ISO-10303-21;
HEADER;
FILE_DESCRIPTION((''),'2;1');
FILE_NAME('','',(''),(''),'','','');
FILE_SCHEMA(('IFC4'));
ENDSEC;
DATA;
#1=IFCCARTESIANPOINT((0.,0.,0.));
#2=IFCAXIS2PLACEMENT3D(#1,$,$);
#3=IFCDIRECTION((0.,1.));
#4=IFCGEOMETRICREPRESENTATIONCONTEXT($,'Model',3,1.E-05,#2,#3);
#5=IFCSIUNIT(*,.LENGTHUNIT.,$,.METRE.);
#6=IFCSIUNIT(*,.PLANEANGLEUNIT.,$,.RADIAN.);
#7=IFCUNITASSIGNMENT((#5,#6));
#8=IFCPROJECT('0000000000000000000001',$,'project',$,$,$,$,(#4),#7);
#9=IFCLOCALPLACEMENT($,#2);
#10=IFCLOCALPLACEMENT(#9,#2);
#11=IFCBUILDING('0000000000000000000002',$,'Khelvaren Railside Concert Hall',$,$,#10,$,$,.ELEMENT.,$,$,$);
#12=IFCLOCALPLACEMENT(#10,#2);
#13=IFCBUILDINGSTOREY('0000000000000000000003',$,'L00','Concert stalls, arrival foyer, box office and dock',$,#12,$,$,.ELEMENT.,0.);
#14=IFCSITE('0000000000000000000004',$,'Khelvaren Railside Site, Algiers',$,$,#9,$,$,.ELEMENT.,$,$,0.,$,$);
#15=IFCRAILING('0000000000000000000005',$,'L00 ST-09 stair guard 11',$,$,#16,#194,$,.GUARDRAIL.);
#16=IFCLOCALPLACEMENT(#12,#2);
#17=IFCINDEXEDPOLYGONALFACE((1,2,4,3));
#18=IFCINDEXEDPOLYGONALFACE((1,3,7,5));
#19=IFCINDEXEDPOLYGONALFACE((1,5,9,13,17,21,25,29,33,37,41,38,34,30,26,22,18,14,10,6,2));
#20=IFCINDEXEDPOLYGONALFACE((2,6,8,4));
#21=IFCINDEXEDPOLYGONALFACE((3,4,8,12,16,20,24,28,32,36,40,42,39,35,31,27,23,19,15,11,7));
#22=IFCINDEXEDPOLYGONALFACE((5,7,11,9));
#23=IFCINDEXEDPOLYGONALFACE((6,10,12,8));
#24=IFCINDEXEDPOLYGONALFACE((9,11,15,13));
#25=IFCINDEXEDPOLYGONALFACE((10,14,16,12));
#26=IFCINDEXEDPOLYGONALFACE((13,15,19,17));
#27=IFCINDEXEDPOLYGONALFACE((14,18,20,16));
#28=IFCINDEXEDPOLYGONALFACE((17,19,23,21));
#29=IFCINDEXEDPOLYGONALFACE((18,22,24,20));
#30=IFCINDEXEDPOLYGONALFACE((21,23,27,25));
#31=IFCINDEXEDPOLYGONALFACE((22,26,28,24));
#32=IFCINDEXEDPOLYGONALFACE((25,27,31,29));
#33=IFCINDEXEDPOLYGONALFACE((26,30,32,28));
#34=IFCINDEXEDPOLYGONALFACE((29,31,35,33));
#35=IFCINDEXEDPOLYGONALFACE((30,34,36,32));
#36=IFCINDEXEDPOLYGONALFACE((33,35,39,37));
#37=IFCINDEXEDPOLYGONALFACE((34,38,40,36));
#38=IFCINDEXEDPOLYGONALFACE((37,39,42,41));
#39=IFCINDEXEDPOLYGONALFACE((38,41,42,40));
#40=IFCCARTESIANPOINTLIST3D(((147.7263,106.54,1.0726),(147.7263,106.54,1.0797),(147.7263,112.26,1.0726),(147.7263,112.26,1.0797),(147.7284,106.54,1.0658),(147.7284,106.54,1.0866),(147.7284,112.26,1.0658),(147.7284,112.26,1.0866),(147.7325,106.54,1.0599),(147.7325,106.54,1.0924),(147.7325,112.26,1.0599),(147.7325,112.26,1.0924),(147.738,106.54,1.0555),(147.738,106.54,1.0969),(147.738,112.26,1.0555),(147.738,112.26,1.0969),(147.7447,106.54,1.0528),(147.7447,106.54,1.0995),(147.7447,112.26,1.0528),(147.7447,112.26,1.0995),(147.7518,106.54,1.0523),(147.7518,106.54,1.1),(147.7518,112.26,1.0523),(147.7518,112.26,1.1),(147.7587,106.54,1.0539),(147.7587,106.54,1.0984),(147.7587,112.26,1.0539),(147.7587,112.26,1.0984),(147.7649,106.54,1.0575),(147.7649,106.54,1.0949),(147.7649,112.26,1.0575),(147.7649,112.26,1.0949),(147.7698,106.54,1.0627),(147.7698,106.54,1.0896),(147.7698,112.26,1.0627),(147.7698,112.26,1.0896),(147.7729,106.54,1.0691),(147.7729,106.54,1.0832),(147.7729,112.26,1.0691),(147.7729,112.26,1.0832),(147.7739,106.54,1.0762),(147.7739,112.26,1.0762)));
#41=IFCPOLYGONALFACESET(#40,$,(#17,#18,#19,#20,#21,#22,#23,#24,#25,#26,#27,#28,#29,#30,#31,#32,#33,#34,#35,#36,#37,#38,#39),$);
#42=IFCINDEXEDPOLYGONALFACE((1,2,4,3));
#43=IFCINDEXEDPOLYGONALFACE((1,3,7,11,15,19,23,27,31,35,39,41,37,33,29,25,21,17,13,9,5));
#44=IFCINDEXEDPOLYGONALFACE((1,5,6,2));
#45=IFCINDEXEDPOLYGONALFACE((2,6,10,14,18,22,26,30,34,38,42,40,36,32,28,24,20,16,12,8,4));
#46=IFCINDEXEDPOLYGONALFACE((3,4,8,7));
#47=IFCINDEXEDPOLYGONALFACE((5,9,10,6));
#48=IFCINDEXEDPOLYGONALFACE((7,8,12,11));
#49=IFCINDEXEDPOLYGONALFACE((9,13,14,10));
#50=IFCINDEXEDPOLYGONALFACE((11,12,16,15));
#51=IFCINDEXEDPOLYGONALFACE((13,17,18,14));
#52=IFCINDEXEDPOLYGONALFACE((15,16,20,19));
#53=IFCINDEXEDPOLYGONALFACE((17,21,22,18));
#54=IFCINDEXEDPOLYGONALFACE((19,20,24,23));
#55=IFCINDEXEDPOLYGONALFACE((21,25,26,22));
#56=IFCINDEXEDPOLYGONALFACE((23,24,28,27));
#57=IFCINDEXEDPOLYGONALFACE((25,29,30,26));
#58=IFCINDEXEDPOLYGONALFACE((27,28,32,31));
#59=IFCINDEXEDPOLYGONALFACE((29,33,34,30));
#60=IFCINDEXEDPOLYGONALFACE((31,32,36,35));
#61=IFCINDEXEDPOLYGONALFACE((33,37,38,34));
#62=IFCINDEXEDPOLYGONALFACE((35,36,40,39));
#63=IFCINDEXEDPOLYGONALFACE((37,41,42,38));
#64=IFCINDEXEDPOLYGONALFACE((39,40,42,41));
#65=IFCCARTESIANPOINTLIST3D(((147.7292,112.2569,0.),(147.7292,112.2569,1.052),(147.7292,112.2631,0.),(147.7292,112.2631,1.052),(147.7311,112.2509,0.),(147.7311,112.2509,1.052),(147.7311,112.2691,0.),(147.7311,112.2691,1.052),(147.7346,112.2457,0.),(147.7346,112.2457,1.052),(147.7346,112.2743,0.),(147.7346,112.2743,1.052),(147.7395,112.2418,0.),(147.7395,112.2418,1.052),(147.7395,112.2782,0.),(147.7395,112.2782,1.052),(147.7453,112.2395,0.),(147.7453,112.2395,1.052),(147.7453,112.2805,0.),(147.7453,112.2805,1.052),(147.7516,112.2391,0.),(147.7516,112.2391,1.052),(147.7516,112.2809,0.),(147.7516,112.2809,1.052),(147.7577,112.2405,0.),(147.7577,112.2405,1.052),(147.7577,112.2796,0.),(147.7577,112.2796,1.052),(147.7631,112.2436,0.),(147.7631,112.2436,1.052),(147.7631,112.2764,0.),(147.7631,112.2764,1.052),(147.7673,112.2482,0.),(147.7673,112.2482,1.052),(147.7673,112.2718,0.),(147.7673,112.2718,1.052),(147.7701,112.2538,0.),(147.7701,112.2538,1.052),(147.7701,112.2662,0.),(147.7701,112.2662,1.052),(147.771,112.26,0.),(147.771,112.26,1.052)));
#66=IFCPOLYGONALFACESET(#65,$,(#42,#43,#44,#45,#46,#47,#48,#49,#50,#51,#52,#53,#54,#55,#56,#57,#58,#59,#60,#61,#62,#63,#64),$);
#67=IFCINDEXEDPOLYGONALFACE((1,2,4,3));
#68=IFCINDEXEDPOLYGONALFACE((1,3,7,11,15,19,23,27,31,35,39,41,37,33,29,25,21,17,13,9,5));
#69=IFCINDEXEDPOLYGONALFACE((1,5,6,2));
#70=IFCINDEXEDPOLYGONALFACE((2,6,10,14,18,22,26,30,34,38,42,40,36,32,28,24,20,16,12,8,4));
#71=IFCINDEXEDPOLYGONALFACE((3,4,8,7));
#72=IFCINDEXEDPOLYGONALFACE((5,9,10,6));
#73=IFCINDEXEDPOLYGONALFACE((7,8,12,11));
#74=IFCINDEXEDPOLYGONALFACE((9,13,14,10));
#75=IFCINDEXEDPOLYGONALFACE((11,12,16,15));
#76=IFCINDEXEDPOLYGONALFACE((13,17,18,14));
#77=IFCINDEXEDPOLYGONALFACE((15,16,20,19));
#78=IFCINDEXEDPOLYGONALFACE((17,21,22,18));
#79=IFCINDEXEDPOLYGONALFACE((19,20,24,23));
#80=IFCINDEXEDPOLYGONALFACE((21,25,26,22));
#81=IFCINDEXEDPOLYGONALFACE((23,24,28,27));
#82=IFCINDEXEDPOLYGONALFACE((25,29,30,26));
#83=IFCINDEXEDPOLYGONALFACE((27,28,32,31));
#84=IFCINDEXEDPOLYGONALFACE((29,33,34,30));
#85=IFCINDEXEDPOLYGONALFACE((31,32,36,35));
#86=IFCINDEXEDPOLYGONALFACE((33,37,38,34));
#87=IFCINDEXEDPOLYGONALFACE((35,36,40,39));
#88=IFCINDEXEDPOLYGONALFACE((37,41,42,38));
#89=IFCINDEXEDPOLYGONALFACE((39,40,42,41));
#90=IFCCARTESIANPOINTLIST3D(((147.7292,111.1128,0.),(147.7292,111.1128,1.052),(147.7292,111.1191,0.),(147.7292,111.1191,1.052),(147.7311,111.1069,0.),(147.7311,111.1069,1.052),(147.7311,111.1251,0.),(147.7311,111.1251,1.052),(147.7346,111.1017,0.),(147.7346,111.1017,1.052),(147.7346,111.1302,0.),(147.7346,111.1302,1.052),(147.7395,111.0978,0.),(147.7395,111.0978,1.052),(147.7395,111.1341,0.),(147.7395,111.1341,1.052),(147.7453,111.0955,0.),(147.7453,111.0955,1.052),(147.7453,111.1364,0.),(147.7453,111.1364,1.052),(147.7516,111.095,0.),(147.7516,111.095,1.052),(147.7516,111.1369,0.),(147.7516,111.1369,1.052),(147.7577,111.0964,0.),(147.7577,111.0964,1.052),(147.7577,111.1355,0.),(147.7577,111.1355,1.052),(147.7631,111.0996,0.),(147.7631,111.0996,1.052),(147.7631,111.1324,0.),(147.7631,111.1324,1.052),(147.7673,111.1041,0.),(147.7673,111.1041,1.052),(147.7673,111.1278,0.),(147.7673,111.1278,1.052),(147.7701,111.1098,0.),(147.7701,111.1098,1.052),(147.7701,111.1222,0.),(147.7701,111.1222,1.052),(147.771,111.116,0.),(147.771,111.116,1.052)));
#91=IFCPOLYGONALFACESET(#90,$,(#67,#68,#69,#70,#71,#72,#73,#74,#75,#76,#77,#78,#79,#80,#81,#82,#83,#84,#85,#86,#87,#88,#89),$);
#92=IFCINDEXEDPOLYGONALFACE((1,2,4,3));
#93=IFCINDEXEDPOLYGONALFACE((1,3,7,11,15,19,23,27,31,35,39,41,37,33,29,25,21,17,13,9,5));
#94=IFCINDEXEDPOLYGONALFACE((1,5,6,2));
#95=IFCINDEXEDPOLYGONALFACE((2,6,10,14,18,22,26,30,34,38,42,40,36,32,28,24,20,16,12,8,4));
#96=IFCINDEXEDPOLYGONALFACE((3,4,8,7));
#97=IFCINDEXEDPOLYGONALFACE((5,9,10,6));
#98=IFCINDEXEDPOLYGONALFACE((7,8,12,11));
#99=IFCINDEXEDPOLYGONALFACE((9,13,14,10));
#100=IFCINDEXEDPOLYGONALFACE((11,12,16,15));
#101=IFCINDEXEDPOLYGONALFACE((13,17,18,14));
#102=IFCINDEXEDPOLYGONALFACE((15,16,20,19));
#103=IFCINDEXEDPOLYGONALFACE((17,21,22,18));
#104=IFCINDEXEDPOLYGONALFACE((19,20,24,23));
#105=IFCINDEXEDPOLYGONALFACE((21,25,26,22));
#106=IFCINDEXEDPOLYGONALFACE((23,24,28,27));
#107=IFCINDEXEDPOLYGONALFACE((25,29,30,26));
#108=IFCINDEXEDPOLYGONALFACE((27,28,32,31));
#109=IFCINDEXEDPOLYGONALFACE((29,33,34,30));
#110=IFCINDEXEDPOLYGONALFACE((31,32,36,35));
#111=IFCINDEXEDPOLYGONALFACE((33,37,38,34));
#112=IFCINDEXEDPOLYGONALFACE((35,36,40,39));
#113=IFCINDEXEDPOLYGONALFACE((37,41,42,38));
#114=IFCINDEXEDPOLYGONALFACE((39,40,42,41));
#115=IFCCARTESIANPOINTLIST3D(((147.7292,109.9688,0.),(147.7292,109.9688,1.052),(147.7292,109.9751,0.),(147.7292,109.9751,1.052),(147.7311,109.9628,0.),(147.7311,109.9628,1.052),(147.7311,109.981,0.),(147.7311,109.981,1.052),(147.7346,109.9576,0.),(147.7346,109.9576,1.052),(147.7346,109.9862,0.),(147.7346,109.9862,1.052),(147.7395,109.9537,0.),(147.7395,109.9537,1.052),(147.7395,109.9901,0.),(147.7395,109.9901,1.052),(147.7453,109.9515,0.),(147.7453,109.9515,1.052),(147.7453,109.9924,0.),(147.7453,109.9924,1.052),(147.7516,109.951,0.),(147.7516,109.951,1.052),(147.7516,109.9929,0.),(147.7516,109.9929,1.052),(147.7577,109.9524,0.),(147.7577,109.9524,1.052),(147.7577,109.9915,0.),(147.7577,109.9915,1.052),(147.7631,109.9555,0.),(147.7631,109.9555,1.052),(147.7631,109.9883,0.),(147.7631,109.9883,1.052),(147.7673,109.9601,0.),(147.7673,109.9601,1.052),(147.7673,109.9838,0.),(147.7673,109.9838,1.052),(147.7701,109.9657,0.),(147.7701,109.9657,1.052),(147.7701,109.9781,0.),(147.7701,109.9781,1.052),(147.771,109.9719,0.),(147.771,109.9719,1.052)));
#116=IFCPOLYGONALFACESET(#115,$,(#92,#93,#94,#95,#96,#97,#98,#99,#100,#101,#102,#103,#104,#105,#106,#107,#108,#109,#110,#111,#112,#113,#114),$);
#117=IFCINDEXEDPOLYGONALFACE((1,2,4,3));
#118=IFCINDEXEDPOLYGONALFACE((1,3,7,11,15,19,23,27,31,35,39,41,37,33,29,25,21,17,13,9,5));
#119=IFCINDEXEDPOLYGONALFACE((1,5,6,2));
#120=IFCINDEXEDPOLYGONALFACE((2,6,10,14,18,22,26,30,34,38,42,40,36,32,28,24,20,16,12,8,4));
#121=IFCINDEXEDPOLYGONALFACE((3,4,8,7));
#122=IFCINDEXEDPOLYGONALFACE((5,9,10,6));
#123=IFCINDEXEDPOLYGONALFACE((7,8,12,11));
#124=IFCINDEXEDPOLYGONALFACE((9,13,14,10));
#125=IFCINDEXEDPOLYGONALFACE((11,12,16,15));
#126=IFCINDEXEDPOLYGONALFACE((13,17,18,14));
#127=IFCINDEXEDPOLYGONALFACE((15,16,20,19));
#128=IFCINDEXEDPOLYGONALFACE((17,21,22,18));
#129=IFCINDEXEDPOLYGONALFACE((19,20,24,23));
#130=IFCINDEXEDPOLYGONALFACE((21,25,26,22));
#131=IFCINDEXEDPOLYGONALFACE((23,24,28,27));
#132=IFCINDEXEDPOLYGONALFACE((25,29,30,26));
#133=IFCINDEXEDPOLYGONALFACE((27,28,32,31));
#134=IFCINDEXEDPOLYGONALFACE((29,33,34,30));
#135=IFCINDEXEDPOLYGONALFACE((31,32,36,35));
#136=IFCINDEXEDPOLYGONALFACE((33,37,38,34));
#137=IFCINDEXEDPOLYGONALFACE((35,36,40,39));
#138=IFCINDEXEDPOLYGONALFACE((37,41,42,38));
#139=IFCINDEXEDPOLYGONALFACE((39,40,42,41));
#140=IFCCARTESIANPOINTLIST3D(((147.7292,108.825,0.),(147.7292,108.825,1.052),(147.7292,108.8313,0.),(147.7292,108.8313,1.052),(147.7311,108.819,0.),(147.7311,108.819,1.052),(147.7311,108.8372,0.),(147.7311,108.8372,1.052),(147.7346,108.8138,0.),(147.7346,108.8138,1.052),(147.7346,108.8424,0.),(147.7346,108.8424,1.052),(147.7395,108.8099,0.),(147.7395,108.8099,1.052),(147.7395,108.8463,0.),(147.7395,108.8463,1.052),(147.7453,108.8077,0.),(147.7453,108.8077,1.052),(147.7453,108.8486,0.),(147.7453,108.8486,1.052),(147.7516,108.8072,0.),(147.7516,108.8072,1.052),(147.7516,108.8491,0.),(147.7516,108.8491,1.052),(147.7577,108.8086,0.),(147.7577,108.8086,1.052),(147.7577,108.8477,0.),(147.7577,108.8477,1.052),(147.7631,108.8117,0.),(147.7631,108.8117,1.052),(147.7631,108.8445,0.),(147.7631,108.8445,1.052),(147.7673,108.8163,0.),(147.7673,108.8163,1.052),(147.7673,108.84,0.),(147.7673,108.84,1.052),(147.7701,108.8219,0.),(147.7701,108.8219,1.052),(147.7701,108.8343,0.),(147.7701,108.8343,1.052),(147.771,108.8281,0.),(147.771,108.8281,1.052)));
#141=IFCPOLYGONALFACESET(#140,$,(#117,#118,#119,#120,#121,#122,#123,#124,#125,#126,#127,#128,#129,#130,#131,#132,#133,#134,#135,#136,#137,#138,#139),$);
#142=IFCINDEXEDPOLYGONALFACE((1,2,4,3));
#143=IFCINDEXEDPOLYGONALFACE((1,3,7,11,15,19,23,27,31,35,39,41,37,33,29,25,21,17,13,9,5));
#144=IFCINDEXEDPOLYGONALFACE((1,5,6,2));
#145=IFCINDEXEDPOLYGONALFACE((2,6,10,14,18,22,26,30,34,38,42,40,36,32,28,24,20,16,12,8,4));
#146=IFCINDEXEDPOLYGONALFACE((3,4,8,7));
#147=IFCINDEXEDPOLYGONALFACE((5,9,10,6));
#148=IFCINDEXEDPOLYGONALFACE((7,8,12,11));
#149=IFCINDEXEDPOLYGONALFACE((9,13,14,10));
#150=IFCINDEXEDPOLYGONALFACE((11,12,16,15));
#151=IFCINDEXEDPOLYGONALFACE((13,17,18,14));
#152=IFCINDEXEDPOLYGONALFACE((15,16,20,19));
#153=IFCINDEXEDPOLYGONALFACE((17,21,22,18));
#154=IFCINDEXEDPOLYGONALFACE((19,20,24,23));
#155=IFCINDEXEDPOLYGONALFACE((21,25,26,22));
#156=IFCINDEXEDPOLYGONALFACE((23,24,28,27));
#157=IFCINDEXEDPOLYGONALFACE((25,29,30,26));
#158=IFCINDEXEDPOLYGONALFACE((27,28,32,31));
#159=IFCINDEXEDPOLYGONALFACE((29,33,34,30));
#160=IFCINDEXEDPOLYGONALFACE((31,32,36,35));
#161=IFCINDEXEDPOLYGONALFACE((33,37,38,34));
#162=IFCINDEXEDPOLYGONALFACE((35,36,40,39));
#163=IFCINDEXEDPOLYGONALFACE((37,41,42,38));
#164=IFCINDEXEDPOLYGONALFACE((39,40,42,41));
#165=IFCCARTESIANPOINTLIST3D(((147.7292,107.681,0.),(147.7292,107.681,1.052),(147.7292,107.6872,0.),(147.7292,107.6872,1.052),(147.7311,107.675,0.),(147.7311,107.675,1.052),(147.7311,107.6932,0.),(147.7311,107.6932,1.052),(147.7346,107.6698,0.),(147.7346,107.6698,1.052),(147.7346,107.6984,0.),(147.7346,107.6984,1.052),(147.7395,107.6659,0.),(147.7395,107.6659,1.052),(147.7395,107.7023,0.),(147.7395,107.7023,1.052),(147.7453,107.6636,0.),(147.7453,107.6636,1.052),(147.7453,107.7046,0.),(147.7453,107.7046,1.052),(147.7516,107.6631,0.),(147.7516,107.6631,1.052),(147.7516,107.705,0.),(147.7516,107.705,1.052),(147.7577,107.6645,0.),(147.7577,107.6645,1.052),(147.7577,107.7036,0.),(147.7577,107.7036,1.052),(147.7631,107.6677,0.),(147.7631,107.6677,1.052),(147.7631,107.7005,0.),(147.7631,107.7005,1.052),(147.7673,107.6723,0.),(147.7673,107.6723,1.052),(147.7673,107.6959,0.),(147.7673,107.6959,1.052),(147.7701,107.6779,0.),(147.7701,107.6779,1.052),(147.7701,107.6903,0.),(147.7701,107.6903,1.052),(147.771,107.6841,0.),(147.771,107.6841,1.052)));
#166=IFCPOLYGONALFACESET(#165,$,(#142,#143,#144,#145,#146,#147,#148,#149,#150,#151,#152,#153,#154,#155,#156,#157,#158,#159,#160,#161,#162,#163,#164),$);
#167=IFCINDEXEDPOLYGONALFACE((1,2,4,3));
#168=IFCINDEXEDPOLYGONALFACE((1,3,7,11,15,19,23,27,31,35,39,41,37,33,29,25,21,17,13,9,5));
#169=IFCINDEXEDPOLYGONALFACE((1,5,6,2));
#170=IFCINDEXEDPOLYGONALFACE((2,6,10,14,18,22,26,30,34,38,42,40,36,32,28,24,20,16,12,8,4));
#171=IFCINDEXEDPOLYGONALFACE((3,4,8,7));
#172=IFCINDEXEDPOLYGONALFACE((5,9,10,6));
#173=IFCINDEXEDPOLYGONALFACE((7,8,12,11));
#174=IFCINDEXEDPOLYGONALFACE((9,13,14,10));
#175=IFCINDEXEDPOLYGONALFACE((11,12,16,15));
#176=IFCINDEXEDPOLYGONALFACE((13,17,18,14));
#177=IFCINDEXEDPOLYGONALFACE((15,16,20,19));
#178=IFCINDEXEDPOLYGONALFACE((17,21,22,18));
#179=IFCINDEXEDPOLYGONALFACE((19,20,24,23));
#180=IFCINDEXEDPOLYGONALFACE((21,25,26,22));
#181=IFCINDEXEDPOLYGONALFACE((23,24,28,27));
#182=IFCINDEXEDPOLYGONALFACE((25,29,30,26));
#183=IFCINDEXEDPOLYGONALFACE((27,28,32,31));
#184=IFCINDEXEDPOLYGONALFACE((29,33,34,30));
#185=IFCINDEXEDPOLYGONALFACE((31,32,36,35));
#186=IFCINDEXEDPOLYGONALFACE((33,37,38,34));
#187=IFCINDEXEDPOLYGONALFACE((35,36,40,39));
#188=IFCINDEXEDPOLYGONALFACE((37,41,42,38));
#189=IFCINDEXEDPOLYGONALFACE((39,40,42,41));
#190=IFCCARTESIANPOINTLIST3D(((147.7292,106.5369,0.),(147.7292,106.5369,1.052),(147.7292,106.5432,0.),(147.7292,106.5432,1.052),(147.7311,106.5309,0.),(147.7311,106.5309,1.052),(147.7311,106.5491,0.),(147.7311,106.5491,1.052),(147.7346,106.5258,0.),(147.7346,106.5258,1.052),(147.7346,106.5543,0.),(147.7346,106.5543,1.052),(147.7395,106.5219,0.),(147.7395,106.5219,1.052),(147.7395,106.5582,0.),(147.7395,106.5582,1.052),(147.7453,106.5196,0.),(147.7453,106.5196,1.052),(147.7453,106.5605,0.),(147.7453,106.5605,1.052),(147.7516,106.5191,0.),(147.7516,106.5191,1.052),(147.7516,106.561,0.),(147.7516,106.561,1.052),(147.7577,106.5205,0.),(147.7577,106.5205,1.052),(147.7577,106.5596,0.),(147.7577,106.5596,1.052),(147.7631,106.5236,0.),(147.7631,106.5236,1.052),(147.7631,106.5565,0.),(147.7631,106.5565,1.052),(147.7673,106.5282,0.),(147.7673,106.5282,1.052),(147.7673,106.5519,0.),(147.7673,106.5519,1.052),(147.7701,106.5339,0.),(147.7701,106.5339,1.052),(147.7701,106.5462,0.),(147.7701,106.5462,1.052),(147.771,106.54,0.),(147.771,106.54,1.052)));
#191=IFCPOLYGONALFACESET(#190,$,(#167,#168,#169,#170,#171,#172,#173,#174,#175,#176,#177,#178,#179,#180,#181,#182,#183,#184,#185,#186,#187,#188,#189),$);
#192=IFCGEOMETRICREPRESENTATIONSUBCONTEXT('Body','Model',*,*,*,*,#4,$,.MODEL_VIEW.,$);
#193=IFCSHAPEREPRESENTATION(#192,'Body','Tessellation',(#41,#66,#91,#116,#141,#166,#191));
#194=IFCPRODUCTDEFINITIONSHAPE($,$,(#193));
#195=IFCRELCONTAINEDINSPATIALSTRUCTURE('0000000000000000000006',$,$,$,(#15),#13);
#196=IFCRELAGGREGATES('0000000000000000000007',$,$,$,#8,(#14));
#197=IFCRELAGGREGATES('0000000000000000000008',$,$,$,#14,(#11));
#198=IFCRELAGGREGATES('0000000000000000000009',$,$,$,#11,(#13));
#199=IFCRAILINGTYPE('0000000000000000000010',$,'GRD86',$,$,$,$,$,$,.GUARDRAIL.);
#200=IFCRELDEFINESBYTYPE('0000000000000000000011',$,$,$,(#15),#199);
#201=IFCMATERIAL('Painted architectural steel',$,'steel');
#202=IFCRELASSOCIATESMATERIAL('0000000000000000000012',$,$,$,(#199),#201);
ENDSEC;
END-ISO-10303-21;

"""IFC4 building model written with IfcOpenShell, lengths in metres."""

from ifc_helpers import new_model, si_unit, direction, frame, origin, origin_2d, place, context, subcontext, project, spatial, circle, extrude, material, type_object, element, save


model = new_model("IFC4")

# Units and contexts
model_context = context("Model", 3, precision=1e-05, world=origin(), true_north=direction((0.0, 1.0)))
body_context = subcontext(model_context, "Body", "Model", "MODEL_VIEW")
ifc_project = project(units=[si_unit("LENGTHUNIT", "METRE"), si_unit("PLANEANGLEUNIT", "RADIAN")], contexts=[model_context])

# Site, building, storey
site_placement = place(None, origin())
site = spatial("IfcSite", under=ifc_project, at=site_placement, Name="Khelvaren Railside Site, Algiers", CompositionType="ELEMENT", RefElevation=0.0)
building_placement = place(site_placement, origin())
building = spatial("IfcBuilding", under=site, at=building_placement, Name="Khelvaren Railside Concert Hall", CompositionType="ELEMENT")
storey_placement = place(building_placement, origin())
storey = spatial("IfcBuildingStorey", under=building, at=storey_placement, Name="L00", Description="Concert stalls, arrival foyer, box office and dock", CompositionType="ELEMENT", Elevation=0.0)

# Railing
ifc_material_1 = material(Name="Painted architectural steel", Category="steel")
railing_type_1 = type_object("IfcRailingType", Name="GRD86", PredefinedType="GUARDRAIL", material=ifc_material_1)
railing_1_placement = place(storey_placement, frame((147.75, 112.26, 0.0)))
element("IfcRailing", 1, at=railing_1_placement, inside=storey, type_object=railing_type_1, Name="L00 ST-09 stair guard 11", PredefinedType="GUARDRAIL", context=body_context, shape_type="SweptSolid", body=[
    extrude(circle(Radius=0.0239, at=origin_2d()), frame((0.0, 0.0, 1.0762), z_axis=(0.0, -1.0, 0.0), x_axis=(1.0, 0.0, 0.0)), (0.0, 0.0, 1.0), 5.72),
    extrude(circle(Radius=0.021, at=origin_2d()), origin(), (0.0, 0.0, 1.0), 1.052),
    extrude(circle(Radius=0.021, at=origin_2d()), frame((0.0, -1.144, 0.0)), (0.0, 0.0, 1.0), 1.052),
    extrude(circle(Radius=0.021, at=origin_2d()), frame((0.0, -2.2881, 0.0)), (0.0, 0.0, 1.0), 1.052),
    extrude(circle(Radius=0.021, at=origin_2d()), frame((0.0, -3.4319, 0.0)), (0.0, 0.0, 1.0), 1.052),
    extrude(circle(Radius=0.021, at=origin_2d()), frame((0.0, -4.5759, 0.0)), (0.0, 0.0, 1.0), 1.052),
    extrude(circle(Radius=0.021, at=origin_2d()), frame((0.0, -5.72, 0.0)), (0.0, 0.0, 1.0), 1.052),
])

save(model, "model.ifc")
